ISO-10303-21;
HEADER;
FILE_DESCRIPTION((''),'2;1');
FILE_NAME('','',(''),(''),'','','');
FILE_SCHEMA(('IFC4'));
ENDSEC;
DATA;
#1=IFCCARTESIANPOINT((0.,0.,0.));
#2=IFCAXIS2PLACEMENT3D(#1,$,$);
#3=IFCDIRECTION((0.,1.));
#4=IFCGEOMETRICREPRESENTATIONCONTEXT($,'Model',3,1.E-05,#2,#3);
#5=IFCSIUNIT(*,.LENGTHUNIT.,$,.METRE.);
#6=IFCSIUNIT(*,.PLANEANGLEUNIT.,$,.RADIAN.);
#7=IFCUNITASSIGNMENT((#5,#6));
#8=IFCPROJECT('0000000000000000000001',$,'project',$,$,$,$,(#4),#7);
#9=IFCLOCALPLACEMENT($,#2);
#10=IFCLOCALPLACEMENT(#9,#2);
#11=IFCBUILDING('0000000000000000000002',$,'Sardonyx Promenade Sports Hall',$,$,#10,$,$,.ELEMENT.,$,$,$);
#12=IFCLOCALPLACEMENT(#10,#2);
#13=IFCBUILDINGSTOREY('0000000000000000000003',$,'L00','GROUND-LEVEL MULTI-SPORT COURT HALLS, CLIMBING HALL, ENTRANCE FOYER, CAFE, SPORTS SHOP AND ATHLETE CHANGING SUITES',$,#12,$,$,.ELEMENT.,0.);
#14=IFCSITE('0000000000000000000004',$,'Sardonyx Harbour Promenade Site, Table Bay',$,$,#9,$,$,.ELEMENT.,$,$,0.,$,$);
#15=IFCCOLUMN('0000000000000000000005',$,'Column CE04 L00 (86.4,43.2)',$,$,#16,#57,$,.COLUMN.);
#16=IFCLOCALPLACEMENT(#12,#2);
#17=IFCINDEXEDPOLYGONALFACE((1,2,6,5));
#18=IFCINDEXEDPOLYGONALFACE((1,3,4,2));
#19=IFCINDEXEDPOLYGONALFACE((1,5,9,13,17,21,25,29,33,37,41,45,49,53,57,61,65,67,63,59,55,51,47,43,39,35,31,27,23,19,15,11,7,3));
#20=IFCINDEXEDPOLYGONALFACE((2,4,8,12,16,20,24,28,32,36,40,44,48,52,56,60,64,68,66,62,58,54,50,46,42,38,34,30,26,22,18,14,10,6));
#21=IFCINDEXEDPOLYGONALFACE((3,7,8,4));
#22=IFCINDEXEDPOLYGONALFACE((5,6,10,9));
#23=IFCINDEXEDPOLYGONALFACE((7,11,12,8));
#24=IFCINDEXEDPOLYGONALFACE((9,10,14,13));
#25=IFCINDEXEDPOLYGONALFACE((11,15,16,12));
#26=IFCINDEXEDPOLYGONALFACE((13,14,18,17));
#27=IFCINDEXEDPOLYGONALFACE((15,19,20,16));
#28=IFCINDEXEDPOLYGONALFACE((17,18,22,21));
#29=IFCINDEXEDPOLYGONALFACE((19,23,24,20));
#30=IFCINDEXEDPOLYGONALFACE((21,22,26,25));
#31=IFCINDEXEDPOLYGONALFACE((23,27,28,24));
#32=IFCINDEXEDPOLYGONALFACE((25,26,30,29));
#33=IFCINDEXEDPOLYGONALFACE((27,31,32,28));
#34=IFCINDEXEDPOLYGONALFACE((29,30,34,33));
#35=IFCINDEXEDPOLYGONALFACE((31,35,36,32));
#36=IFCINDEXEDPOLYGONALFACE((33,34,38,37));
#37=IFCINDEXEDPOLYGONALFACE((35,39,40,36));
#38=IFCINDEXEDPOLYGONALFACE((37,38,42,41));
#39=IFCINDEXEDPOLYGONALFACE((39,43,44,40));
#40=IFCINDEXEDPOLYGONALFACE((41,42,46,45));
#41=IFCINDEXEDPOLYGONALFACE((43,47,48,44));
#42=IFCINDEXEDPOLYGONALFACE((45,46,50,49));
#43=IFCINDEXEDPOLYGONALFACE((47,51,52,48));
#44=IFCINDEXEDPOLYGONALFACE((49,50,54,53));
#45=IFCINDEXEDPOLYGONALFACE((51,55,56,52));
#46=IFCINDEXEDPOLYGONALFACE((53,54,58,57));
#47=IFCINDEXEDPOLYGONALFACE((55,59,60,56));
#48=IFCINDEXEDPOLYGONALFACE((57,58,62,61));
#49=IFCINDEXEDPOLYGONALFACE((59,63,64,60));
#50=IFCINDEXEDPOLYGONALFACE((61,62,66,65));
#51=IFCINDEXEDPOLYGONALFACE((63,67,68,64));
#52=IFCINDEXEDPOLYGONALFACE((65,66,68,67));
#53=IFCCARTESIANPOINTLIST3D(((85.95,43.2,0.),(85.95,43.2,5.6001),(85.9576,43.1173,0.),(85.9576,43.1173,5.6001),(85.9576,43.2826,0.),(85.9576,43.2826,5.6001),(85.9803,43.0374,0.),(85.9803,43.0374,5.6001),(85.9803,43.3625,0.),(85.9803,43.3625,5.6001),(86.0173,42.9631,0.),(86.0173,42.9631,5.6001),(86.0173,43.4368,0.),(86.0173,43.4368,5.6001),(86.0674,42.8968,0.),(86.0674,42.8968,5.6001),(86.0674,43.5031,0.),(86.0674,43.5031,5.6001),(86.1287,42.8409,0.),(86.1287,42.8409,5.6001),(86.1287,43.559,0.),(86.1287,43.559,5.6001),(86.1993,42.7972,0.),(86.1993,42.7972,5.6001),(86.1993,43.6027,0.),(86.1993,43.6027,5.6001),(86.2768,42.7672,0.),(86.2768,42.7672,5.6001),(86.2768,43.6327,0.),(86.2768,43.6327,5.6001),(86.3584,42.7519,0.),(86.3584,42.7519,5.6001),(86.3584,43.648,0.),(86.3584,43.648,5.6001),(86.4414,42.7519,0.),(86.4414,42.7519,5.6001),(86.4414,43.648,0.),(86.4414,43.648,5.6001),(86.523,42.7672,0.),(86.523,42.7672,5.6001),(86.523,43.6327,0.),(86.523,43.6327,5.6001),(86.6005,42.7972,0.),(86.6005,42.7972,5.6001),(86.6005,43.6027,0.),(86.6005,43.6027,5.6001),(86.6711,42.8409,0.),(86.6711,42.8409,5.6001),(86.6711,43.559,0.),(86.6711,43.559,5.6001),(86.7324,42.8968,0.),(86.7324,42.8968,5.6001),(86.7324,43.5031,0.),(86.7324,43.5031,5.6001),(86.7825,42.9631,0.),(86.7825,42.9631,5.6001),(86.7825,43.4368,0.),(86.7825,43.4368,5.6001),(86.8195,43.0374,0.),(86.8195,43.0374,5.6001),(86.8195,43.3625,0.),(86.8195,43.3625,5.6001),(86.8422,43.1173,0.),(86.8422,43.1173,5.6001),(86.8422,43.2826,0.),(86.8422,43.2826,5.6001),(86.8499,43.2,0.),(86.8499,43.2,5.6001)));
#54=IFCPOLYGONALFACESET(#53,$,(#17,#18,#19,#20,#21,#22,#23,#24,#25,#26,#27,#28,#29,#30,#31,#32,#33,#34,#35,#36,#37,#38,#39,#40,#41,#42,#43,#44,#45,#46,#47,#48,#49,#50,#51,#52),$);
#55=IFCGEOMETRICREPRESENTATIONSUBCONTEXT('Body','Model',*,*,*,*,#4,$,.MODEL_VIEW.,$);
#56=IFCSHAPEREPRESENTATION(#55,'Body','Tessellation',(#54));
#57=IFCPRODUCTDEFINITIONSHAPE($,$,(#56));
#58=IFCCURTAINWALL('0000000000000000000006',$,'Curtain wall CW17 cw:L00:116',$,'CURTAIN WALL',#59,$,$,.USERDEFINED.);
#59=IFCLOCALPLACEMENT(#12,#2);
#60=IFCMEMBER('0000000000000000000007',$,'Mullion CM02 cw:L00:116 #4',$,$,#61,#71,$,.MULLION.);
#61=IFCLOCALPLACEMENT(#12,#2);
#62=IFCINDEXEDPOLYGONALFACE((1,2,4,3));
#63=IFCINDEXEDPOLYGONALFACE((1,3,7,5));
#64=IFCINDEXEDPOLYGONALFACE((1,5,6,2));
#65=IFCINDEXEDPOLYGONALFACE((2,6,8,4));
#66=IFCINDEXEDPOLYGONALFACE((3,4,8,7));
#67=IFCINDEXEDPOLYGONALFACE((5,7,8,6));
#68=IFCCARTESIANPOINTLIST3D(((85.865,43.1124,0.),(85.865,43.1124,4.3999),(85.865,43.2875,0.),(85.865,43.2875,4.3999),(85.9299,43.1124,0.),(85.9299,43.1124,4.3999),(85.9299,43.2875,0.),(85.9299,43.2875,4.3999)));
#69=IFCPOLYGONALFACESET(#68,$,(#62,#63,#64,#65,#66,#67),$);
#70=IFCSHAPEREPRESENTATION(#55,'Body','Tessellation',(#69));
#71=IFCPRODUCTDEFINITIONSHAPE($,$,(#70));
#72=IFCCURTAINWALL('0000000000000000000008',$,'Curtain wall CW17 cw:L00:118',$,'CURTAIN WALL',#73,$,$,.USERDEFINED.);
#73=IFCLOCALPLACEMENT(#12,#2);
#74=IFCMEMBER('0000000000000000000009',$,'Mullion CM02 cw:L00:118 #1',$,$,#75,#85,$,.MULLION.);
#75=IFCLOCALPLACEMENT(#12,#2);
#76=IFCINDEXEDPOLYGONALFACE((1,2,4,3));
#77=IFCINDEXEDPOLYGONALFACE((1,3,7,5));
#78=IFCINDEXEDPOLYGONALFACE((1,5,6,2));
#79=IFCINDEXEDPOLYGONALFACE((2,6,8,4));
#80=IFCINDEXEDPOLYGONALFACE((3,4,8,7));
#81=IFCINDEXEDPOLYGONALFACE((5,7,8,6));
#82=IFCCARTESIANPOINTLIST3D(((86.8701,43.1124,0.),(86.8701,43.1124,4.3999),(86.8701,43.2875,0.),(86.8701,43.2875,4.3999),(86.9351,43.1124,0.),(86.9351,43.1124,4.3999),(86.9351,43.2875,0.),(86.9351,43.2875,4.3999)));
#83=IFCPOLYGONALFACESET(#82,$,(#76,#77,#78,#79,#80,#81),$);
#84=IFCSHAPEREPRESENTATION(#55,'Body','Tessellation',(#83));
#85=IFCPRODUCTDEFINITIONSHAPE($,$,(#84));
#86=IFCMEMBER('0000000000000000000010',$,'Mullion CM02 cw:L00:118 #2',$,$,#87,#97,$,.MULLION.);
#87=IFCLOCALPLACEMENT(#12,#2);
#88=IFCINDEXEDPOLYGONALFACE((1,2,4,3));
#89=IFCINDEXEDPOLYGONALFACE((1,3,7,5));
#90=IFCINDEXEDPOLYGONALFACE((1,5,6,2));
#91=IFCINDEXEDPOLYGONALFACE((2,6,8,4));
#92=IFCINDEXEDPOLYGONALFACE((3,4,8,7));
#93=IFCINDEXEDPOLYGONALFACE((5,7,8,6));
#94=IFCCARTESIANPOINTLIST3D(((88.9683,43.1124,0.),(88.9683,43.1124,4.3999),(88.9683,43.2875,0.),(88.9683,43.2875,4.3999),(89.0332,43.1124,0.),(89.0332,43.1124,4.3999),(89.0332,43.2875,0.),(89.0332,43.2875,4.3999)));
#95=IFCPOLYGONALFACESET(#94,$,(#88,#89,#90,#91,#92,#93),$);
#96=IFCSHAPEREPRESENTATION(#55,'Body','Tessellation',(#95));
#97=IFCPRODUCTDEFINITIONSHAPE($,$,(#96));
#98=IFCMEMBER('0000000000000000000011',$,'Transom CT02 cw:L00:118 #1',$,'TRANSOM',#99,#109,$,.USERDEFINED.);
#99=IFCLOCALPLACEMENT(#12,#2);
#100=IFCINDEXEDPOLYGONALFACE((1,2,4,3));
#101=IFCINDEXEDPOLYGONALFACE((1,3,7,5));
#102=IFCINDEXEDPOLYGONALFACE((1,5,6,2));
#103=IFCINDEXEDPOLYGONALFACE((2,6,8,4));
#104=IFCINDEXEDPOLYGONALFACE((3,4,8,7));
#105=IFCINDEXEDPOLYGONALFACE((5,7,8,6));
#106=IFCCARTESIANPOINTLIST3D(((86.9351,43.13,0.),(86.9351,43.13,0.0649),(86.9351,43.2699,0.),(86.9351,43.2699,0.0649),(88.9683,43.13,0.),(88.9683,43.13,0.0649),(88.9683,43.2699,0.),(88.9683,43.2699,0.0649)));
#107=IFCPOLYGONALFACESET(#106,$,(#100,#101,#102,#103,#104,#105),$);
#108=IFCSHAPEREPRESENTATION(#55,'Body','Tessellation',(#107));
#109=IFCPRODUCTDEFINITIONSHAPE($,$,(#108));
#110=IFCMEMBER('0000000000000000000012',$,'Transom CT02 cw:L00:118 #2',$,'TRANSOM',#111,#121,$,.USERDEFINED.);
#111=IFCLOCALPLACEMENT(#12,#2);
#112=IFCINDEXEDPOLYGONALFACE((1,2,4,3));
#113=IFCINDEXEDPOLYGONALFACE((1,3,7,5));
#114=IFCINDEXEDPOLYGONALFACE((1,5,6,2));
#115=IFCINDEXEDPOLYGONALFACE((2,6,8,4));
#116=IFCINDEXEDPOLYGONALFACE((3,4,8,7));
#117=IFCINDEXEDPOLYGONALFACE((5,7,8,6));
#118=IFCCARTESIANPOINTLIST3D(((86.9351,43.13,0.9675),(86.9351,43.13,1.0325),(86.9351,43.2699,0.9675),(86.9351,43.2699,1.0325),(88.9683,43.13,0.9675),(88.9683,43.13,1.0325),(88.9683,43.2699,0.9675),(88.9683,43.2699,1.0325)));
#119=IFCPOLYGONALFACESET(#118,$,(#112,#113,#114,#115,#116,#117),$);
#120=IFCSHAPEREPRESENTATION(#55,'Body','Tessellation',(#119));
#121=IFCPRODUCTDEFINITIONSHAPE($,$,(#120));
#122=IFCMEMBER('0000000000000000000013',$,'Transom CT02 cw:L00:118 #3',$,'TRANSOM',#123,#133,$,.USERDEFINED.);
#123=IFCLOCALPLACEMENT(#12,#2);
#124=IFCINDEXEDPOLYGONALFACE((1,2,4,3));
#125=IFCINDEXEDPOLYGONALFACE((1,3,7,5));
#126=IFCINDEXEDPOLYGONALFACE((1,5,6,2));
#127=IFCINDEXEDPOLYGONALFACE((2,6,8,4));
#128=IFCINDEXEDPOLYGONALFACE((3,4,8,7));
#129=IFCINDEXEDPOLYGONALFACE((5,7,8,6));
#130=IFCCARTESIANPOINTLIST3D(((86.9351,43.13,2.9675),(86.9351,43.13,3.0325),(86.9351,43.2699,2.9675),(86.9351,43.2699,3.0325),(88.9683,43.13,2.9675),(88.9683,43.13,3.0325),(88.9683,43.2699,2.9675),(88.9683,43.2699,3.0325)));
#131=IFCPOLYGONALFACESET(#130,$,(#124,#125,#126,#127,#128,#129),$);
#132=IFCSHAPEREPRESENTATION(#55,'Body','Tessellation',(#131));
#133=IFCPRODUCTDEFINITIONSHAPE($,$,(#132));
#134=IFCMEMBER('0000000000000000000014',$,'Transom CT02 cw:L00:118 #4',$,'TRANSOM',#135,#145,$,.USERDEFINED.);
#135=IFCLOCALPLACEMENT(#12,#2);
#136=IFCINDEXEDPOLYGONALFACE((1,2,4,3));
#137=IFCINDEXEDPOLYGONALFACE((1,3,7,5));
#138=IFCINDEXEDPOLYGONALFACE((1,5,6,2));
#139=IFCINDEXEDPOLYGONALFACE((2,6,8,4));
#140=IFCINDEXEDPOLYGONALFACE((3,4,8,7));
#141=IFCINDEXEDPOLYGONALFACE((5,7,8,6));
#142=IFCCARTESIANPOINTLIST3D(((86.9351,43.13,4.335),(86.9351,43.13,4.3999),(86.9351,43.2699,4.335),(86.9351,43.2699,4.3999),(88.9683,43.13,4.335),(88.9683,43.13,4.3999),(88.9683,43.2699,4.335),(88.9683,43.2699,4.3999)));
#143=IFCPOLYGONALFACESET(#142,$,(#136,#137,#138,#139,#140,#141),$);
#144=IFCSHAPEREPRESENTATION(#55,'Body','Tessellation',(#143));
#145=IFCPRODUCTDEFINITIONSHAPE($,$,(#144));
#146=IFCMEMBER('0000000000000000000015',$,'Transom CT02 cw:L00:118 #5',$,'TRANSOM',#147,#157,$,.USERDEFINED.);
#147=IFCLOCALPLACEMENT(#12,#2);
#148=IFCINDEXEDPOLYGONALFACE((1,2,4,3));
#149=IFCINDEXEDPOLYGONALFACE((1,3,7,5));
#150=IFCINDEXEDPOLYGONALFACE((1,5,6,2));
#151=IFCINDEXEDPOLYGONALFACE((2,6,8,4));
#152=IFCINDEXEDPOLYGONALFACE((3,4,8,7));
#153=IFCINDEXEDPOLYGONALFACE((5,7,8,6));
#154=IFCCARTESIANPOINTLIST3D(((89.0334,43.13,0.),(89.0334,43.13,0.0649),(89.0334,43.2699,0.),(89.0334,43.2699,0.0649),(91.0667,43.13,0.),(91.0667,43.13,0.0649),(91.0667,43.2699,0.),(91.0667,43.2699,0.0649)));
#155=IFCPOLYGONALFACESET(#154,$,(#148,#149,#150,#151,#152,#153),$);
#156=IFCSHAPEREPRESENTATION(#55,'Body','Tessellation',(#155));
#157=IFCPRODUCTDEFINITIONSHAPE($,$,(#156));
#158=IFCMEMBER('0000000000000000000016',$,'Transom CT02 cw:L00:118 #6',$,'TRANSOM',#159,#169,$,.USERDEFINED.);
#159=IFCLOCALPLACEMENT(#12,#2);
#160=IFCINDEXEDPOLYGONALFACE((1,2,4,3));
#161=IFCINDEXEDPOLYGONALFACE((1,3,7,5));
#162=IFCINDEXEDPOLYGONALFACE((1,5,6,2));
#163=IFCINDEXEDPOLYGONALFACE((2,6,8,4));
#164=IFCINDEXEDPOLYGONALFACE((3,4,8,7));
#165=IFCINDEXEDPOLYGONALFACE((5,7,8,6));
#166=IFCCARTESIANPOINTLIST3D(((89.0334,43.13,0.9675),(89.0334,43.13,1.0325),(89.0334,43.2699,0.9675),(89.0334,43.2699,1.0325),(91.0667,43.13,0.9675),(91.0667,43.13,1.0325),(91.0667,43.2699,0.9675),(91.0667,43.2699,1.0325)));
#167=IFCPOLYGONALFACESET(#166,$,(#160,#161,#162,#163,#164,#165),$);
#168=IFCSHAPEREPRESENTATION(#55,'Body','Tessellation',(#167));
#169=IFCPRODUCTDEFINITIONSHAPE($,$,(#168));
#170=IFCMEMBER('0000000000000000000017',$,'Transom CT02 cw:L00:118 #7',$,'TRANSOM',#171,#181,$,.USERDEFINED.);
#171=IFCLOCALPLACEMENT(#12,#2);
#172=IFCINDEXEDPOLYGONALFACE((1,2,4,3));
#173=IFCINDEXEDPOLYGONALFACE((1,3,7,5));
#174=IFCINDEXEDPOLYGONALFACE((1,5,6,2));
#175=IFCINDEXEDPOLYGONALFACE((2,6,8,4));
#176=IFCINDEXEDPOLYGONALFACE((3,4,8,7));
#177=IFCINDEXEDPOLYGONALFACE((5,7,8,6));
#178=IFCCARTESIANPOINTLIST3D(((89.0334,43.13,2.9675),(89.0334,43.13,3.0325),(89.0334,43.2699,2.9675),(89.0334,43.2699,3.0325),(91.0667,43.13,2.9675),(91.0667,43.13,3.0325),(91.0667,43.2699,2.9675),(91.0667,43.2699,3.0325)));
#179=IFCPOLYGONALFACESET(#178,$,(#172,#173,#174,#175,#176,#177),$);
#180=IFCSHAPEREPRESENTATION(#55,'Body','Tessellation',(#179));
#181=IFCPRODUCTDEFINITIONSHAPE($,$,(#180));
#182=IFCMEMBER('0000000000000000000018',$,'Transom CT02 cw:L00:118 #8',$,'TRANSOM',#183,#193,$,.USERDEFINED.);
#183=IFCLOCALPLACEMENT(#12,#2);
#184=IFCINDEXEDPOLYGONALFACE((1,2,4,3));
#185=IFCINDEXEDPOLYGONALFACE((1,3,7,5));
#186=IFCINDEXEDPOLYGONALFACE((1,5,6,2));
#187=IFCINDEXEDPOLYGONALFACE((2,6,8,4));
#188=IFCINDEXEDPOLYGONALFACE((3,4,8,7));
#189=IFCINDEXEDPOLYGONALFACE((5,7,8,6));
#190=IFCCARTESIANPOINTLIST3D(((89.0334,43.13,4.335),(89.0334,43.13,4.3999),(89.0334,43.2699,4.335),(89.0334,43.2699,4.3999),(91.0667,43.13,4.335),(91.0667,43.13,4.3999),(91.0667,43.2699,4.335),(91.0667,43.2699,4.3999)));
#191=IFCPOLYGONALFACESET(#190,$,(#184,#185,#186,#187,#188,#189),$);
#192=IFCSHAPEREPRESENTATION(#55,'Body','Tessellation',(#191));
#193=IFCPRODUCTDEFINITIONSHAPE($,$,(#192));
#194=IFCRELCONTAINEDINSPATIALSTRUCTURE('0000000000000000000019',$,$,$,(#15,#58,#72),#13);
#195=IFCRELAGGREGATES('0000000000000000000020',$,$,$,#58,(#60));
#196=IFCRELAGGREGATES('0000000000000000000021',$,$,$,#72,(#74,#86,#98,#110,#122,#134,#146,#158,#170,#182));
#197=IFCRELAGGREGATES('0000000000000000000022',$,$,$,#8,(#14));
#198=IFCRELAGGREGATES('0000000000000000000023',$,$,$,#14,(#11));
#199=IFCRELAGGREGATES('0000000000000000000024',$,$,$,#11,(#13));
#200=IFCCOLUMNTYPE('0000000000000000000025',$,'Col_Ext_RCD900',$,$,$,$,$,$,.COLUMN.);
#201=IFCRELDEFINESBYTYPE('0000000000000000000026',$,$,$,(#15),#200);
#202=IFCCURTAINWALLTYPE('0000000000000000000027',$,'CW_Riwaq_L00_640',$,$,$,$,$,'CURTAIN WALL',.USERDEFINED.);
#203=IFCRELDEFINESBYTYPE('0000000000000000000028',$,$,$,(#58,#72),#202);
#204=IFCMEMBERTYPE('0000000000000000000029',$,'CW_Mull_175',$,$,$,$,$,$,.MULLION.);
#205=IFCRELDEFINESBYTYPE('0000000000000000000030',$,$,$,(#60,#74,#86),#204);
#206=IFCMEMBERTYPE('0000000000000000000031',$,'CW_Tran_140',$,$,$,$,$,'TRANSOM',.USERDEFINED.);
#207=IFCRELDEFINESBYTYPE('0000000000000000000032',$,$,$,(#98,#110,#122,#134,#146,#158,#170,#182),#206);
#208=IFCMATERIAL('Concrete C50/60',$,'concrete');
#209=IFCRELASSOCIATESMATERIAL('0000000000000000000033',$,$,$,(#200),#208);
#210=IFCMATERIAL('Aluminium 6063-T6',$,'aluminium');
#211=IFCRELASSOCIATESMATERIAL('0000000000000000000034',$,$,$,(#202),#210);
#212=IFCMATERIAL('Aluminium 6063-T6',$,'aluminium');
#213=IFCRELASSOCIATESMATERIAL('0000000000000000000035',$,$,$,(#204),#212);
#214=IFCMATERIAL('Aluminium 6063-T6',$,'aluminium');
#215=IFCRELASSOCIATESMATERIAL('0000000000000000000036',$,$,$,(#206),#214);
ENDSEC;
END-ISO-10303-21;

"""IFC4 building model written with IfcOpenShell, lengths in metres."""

from ifc_helpers import new_model, si_unit, direction, frame, origin, origin_2d, place, context, subcontext, project, spatial, rectangle, circle, extrude, material, material_profile, profile_set, type_object, element, aggregate, save


model = new_model("IFC4")

# Units and contexts
model_context = context("Model", 3, precision=1e-05, world=origin(), true_north=direction((0.0, 1.0)))
body_context = subcontext(model_context, "Body", "Model", "MODEL_VIEW")
ifc_project = project(units=[si_unit("LENGTHUNIT", "METRE"), si_unit("PLANEANGLEUNIT", "RADIAN")], contexts=[model_context])

# Site, building, storey
site_placement = place(None, origin())
site = spatial("IfcSite", under=ifc_project, at=site_placement, Name="Sardonyx Harbour Promenade Site, Table Bay", CompositionType="ELEMENT", RefElevation=0.0)
building_placement = place(site_placement, origin())
building = spatial("IfcBuilding", under=site, at=building_placement, Name="Sardonyx Promenade Sports Hall", CompositionType="ELEMENT")
storey_placement = place(building_placement, origin())
storey = spatial("IfcBuildingStorey", under=building, at=storey_placement, Name="L00", Description="GROUND-LEVEL MULTI-SPORT COURT HALLS, CLIMBING HALL, ENTRANCE FOYER, CAFE, SPORTS SHOP AND ATHLETE CHANGING SUITES", CompositionType="ELEMENT", Elevation=0.0)

# Column
ifc_material_1 = material(Name="Concrete C50/60", Category="concrete")
ifc_material_profile_1 = material_profile(ifc_material_1, circle(Radius=0.45, at=origin_2d()))
ifc_profile_set_1 = profile_set([ifc_material_profile_1], Name="Concrete C50/60")
column_type = type_object("IfcColumnType", Name="Col_Ext_RCD900", PredefinedType="COLUMN", material=ifc_profile_set_1)
column_placement = place(storey_placement, frame((86.3999, 43.2, 0.0), z_axis=(0.0, 0.0, 1.0), x_axis=(1.0, 0.0, 0.0)))
element("IfcColumn", 1, at=column_placement, inside=storey, type_object=column_type, Name="Column CE04 L00 (86.4,43.2)", PredefinedType="COLUMN", context=body_context, shape_type="SweptSolid", body=[
    extrude(circle(Radius=0.45, at=origin_2d()), origin(), (0.0, 0.0, 1.0), 5.6001),
])

# Curtain wall, member
ifc_material_2 = material(Name="Aluminium 6063-T6", Category="aluminium")
curtain_wall_type = type_object("IfcCurtainWallType", Name="CW_Riwaq_L00_640", ElementType="CURTAIN WALL", PredefinedType="USERDEFINED", material=ifc_material_2)
curtain_wall_1_placement = place(storey_placement, origin())
curtain_wall_1 = element("IfcCurtainWall", 2, at=curtain_wall_1_placement, inside=storey, type_object=curtain_wall_type, Name="Curtain wall CW17 cw:L00:116", ObjectType="CURTAIN WALL", PredefinedType="USERDEFINED")
ifc_material_3 = material(Name="Aluminium 6063-T6", Category="aluminium")
ifc_material_profile_2 = material_profile(ifc_material_3, rectangle(XDim=0.0649, YDim=0.175, at=origin_2d()))
ifc_profile_set_2 = profile_set([ifc_material_profile_2], Name="Aluminium 6063-T6")
member_type_1 = type_object("IfcMemberType", Name="CW_Mull_175", PredefinedType="MULLION", material=ifc_profile_set_2)
member_1_placement = place(storey_placement, frame((85.8975, 43.2, 0.0), z_axis=(0.0, 0.0, 1.0), x_axis=(1.0, 0.0, 0.0)))
member_1 = element("IfcMember", 3, at=member_1_placement, type_object=member_type_1, Name="Mullion CM02 cw:L00:116 #4", PredefinedType="MULLION", context=body_context, shape_type="SweptSolid", body=[
    extrude(rectangle(XDim=0.0649, YDim=0.175, at=origin_2d()), origin(), (0.0, 0.0, 1.0), 4.3999),
])

# Curtain wall, members
curtain_wall_2_placement = place(storey_placement, origin())
curtain_wall_2 = element("IfcCurtainWall", 4, at=curtain_wall_2_placement, inside=storey, type_object=curtain_wall_type, Name="Curtain wall CW17 cw:L00:118", ObjectType="CURTAIN WALL", PredefinedType="USERDEFINED")
member_2_placement = place(storey_placement, frame((86.9026, 43.2, 0.0), z_axis=(0.0, 0.0, 1.0), x_axis=(1.0, 0.0, 0.0)))
member_2 = element("IfcMember", 5, at=member_2_placement, type_object=member_type_1, Name="Mullion CM02 cw:L00:118 #1", PredefinedType="MULLION", context=body_context, shape_type="SweptSolid", body=[
    extrude(rectangle(XDim=0.0649, YDim=0.175, at=origin_2d()), origin(), (0.0, 0.0, 1.0), 4.3999),
])
member_3_placement = place(storey_placement, frame((89.0007, 43.2, 0.0), z_axis=(0.0, 0.0, 1.0), x_axis=(1.0, 0.0, 0.0)))
member_3 = element("IfcMember", 6, at=member_3_placement, type_object=member_type_1, Name="Mullion CM02 cw:L00:118 #2", PredefinedType="MULLION", context=body_context, shape_type="SweptSolid", body=[
    extrude(rectangle(XDim=0.0649, YDim=0.175, at=origin_2d()), origin(), (0.0, 0.0, 1.0), 4.3999),
])
ifc_material_4 = material(Name="Aluminium 6063-T6", Category="aluminium")
ifc_material_profile_3 = material_profile(ifc_material_4, rectangle(XDim=0.0649, YDim=0.1399, at=origin_2d()))
ifc_profile_set_3 = profile_set([ifc_material_profile_3], Name="Aluminium 6063-T6")
member_type_2 = type_object("IfcMemberType", Name="CW_Tran_140", ElementType="TRANSOM", PredefinedType="USERDEFINED", material=ifc_profile_set_3)
member_4_placement = place(storey_placement, frame((86.9351, 43.2, 0.0325), z_axis=(1.0, 0.0, 0.0), x_axis=(0.0, 0.0, 1.0)))
member_4 = element("IfcMember", 7, at=member_4_placement, type_object=member_type_2, Name="Transom CT02 cw:L00:118 #1", ObjectType="TRANSOM", PredefinedType="USERDEFINED", context=body_context, shape_type="SweptSolid", body=[
    extrude(rectangle(XDim=0.0649, YDim=0.1399, at=origin_2d()), origin(), (0.0, 0.0, 1.0), 2.0332),
])
member_5_placement = place(storey_placement, frame((86.9351, 43.2, 1.0), z_axis=(1.0, 0.0, 0.0), x_axis=(0.0, 0.0, 1.0)))
member_5 = element("IfcMember", 8, at=member_5_placement, type_object=member_type_2, Name="Transom CT02 cw:L00:118 #2", ObjectType="TRANSOM", PredefinedType="USERDEFINED", context=body_context, shape_type="SweptSolid", body=[
    extrude(rectangle(XDim=0.0649, YDim=0.1399, at=origin_2d()), origin(), (0.0, 0.0, 1.0), 2.0332),
])
member_6_placement = place(storey_placement, frame((86.9351, 43.2, 3.0), z_axis=(1.0, 0.0, 0.0), x_axis=(0.0, 0.0, 1.0)))
member_6 = element("IfcMember", 9, at=member_6_placement, type_object=member_type_2, Name="Transom CT02 cw:L00:118 #3", ObjectType="TRANSOM", PredefinedType="USERDEFINED", context=body_context, shape_type="SweptSolid", body=[
    extrude(rectangle(XDim=0.0649, YDim=0.1399, at=origin_2d()), origin(), (0.0, 0.0, 1.0), 2.0332),
])
member_7_placement = place(storey_placement, frame((86.9351, 43.2, 4.3674), z_axis=(1.0, 0.0, 0.0), x_axis=(0.0, 0.0, 1.0)))
member_7 = element("IfcMember", 10, at=member_7_placement, type_object=member_type_2, Name="Transom CT02 cw:L00:118 #4", ObjectType="TRANSOM", PredefinedType="USERDEFINED", context=body_context, shape_type="SweptSolid", body=[
    extrude(rectangle(XDim=0.0649, YDim=0.1399, at=origin_2d()), origin(), (0.0, 0.0, 1.0), 2.0332),
])
member_8_placement = place(storey_placement, frame((89.0334, 43.2, 0.0325), z_axis=(1.0, 0.0, 0.0), x_axis=(0.0, 0.0, 1.0)))
member_8 = element("IfcMember", 11, at=member_8_placement, type_object=member_type_2, Name="Transom CT02 cw:L00:118 #5", ObjectType="TRANSOM", PredefinedType="USERDEFINED", context=body_context, shape_type="SweptSolid", body=[
    extrude(rectangle(XDim=0.0649, YDim=0.1399, at=origin_2d()), origin(), (0.0, 0.0, 1.0), 2.0332),
])
member_9_placement = place(storey_placement, frame((89.0334, 43.2, 1.0), z_axis=(1.0, 0.0, 0.0), x_axis=(0.0, 0.0, 1.0)))
member_9 = element("IfcMember", 12, at=member_9_placement, type_object=member_type_2, Name="Transom CT02 cw:L00:118 #6", ObjectType="TRANSOM", PredefinedType="USERDEFINED", context=body_context, shape_type="SweptSolid", body=[
    extrude(rectangle(XDim=0.0649, YDim=0.1399, at=origin_2d()), origin(), (0.0, 0.0, 1.0), 2.0332),
])
member_10_placement = place(storey_placement, frame((89.0334, 43.2, 3.0), z_axis=(1.0, 0.0, 0.0), x_axis=(0.0, 0.0, 1.0)))
member_10 = element("IfcMember", 13, at=member_10_placement, type_object=member_type_2, Name="Transom CT02 cw:L00:118 #7", ObjectType="TRANSOM", PredefinedType="USERDEFINED", context=body_context, shape_type="SweptSolid", body=[
    extrude(rectangle(XDim=0.0649, YDim=0.1399, at=origin_2d()), origin(), (0.0, 0.0, 1.0), 2.0332),
])
member_11_placement = place(storey_placement, frame((89.0334, 43.2, 4.3674), z_axis=(1.0, 0.0, 0.0), x_axis=(0.0, 0.0, 1.0)))
member_11 = element("IfcMember", 14, at=member_11_placement, type_object=member_type_2, Name="Transom CT02 cw:L00:118 #8", ObjectType="TRANSOM", PredefinedType="USERDEFINED", context=body_context, shape_type="SweptSolid", body=[
    extrude(rectangle(XDim=0.0649, YDim=0.1399, at=origin_2d()), origin(), (0.0, 0.0, 1.0), 2.0332),
])

aggregate(curtain_wall_1, [member_1])
aggregate(curtain_wall_2, [member_2, member_3, member_4, member_5, member_6, member_7, member_8, member_9, member_10, member_11])

save(model, "model.ifc")
